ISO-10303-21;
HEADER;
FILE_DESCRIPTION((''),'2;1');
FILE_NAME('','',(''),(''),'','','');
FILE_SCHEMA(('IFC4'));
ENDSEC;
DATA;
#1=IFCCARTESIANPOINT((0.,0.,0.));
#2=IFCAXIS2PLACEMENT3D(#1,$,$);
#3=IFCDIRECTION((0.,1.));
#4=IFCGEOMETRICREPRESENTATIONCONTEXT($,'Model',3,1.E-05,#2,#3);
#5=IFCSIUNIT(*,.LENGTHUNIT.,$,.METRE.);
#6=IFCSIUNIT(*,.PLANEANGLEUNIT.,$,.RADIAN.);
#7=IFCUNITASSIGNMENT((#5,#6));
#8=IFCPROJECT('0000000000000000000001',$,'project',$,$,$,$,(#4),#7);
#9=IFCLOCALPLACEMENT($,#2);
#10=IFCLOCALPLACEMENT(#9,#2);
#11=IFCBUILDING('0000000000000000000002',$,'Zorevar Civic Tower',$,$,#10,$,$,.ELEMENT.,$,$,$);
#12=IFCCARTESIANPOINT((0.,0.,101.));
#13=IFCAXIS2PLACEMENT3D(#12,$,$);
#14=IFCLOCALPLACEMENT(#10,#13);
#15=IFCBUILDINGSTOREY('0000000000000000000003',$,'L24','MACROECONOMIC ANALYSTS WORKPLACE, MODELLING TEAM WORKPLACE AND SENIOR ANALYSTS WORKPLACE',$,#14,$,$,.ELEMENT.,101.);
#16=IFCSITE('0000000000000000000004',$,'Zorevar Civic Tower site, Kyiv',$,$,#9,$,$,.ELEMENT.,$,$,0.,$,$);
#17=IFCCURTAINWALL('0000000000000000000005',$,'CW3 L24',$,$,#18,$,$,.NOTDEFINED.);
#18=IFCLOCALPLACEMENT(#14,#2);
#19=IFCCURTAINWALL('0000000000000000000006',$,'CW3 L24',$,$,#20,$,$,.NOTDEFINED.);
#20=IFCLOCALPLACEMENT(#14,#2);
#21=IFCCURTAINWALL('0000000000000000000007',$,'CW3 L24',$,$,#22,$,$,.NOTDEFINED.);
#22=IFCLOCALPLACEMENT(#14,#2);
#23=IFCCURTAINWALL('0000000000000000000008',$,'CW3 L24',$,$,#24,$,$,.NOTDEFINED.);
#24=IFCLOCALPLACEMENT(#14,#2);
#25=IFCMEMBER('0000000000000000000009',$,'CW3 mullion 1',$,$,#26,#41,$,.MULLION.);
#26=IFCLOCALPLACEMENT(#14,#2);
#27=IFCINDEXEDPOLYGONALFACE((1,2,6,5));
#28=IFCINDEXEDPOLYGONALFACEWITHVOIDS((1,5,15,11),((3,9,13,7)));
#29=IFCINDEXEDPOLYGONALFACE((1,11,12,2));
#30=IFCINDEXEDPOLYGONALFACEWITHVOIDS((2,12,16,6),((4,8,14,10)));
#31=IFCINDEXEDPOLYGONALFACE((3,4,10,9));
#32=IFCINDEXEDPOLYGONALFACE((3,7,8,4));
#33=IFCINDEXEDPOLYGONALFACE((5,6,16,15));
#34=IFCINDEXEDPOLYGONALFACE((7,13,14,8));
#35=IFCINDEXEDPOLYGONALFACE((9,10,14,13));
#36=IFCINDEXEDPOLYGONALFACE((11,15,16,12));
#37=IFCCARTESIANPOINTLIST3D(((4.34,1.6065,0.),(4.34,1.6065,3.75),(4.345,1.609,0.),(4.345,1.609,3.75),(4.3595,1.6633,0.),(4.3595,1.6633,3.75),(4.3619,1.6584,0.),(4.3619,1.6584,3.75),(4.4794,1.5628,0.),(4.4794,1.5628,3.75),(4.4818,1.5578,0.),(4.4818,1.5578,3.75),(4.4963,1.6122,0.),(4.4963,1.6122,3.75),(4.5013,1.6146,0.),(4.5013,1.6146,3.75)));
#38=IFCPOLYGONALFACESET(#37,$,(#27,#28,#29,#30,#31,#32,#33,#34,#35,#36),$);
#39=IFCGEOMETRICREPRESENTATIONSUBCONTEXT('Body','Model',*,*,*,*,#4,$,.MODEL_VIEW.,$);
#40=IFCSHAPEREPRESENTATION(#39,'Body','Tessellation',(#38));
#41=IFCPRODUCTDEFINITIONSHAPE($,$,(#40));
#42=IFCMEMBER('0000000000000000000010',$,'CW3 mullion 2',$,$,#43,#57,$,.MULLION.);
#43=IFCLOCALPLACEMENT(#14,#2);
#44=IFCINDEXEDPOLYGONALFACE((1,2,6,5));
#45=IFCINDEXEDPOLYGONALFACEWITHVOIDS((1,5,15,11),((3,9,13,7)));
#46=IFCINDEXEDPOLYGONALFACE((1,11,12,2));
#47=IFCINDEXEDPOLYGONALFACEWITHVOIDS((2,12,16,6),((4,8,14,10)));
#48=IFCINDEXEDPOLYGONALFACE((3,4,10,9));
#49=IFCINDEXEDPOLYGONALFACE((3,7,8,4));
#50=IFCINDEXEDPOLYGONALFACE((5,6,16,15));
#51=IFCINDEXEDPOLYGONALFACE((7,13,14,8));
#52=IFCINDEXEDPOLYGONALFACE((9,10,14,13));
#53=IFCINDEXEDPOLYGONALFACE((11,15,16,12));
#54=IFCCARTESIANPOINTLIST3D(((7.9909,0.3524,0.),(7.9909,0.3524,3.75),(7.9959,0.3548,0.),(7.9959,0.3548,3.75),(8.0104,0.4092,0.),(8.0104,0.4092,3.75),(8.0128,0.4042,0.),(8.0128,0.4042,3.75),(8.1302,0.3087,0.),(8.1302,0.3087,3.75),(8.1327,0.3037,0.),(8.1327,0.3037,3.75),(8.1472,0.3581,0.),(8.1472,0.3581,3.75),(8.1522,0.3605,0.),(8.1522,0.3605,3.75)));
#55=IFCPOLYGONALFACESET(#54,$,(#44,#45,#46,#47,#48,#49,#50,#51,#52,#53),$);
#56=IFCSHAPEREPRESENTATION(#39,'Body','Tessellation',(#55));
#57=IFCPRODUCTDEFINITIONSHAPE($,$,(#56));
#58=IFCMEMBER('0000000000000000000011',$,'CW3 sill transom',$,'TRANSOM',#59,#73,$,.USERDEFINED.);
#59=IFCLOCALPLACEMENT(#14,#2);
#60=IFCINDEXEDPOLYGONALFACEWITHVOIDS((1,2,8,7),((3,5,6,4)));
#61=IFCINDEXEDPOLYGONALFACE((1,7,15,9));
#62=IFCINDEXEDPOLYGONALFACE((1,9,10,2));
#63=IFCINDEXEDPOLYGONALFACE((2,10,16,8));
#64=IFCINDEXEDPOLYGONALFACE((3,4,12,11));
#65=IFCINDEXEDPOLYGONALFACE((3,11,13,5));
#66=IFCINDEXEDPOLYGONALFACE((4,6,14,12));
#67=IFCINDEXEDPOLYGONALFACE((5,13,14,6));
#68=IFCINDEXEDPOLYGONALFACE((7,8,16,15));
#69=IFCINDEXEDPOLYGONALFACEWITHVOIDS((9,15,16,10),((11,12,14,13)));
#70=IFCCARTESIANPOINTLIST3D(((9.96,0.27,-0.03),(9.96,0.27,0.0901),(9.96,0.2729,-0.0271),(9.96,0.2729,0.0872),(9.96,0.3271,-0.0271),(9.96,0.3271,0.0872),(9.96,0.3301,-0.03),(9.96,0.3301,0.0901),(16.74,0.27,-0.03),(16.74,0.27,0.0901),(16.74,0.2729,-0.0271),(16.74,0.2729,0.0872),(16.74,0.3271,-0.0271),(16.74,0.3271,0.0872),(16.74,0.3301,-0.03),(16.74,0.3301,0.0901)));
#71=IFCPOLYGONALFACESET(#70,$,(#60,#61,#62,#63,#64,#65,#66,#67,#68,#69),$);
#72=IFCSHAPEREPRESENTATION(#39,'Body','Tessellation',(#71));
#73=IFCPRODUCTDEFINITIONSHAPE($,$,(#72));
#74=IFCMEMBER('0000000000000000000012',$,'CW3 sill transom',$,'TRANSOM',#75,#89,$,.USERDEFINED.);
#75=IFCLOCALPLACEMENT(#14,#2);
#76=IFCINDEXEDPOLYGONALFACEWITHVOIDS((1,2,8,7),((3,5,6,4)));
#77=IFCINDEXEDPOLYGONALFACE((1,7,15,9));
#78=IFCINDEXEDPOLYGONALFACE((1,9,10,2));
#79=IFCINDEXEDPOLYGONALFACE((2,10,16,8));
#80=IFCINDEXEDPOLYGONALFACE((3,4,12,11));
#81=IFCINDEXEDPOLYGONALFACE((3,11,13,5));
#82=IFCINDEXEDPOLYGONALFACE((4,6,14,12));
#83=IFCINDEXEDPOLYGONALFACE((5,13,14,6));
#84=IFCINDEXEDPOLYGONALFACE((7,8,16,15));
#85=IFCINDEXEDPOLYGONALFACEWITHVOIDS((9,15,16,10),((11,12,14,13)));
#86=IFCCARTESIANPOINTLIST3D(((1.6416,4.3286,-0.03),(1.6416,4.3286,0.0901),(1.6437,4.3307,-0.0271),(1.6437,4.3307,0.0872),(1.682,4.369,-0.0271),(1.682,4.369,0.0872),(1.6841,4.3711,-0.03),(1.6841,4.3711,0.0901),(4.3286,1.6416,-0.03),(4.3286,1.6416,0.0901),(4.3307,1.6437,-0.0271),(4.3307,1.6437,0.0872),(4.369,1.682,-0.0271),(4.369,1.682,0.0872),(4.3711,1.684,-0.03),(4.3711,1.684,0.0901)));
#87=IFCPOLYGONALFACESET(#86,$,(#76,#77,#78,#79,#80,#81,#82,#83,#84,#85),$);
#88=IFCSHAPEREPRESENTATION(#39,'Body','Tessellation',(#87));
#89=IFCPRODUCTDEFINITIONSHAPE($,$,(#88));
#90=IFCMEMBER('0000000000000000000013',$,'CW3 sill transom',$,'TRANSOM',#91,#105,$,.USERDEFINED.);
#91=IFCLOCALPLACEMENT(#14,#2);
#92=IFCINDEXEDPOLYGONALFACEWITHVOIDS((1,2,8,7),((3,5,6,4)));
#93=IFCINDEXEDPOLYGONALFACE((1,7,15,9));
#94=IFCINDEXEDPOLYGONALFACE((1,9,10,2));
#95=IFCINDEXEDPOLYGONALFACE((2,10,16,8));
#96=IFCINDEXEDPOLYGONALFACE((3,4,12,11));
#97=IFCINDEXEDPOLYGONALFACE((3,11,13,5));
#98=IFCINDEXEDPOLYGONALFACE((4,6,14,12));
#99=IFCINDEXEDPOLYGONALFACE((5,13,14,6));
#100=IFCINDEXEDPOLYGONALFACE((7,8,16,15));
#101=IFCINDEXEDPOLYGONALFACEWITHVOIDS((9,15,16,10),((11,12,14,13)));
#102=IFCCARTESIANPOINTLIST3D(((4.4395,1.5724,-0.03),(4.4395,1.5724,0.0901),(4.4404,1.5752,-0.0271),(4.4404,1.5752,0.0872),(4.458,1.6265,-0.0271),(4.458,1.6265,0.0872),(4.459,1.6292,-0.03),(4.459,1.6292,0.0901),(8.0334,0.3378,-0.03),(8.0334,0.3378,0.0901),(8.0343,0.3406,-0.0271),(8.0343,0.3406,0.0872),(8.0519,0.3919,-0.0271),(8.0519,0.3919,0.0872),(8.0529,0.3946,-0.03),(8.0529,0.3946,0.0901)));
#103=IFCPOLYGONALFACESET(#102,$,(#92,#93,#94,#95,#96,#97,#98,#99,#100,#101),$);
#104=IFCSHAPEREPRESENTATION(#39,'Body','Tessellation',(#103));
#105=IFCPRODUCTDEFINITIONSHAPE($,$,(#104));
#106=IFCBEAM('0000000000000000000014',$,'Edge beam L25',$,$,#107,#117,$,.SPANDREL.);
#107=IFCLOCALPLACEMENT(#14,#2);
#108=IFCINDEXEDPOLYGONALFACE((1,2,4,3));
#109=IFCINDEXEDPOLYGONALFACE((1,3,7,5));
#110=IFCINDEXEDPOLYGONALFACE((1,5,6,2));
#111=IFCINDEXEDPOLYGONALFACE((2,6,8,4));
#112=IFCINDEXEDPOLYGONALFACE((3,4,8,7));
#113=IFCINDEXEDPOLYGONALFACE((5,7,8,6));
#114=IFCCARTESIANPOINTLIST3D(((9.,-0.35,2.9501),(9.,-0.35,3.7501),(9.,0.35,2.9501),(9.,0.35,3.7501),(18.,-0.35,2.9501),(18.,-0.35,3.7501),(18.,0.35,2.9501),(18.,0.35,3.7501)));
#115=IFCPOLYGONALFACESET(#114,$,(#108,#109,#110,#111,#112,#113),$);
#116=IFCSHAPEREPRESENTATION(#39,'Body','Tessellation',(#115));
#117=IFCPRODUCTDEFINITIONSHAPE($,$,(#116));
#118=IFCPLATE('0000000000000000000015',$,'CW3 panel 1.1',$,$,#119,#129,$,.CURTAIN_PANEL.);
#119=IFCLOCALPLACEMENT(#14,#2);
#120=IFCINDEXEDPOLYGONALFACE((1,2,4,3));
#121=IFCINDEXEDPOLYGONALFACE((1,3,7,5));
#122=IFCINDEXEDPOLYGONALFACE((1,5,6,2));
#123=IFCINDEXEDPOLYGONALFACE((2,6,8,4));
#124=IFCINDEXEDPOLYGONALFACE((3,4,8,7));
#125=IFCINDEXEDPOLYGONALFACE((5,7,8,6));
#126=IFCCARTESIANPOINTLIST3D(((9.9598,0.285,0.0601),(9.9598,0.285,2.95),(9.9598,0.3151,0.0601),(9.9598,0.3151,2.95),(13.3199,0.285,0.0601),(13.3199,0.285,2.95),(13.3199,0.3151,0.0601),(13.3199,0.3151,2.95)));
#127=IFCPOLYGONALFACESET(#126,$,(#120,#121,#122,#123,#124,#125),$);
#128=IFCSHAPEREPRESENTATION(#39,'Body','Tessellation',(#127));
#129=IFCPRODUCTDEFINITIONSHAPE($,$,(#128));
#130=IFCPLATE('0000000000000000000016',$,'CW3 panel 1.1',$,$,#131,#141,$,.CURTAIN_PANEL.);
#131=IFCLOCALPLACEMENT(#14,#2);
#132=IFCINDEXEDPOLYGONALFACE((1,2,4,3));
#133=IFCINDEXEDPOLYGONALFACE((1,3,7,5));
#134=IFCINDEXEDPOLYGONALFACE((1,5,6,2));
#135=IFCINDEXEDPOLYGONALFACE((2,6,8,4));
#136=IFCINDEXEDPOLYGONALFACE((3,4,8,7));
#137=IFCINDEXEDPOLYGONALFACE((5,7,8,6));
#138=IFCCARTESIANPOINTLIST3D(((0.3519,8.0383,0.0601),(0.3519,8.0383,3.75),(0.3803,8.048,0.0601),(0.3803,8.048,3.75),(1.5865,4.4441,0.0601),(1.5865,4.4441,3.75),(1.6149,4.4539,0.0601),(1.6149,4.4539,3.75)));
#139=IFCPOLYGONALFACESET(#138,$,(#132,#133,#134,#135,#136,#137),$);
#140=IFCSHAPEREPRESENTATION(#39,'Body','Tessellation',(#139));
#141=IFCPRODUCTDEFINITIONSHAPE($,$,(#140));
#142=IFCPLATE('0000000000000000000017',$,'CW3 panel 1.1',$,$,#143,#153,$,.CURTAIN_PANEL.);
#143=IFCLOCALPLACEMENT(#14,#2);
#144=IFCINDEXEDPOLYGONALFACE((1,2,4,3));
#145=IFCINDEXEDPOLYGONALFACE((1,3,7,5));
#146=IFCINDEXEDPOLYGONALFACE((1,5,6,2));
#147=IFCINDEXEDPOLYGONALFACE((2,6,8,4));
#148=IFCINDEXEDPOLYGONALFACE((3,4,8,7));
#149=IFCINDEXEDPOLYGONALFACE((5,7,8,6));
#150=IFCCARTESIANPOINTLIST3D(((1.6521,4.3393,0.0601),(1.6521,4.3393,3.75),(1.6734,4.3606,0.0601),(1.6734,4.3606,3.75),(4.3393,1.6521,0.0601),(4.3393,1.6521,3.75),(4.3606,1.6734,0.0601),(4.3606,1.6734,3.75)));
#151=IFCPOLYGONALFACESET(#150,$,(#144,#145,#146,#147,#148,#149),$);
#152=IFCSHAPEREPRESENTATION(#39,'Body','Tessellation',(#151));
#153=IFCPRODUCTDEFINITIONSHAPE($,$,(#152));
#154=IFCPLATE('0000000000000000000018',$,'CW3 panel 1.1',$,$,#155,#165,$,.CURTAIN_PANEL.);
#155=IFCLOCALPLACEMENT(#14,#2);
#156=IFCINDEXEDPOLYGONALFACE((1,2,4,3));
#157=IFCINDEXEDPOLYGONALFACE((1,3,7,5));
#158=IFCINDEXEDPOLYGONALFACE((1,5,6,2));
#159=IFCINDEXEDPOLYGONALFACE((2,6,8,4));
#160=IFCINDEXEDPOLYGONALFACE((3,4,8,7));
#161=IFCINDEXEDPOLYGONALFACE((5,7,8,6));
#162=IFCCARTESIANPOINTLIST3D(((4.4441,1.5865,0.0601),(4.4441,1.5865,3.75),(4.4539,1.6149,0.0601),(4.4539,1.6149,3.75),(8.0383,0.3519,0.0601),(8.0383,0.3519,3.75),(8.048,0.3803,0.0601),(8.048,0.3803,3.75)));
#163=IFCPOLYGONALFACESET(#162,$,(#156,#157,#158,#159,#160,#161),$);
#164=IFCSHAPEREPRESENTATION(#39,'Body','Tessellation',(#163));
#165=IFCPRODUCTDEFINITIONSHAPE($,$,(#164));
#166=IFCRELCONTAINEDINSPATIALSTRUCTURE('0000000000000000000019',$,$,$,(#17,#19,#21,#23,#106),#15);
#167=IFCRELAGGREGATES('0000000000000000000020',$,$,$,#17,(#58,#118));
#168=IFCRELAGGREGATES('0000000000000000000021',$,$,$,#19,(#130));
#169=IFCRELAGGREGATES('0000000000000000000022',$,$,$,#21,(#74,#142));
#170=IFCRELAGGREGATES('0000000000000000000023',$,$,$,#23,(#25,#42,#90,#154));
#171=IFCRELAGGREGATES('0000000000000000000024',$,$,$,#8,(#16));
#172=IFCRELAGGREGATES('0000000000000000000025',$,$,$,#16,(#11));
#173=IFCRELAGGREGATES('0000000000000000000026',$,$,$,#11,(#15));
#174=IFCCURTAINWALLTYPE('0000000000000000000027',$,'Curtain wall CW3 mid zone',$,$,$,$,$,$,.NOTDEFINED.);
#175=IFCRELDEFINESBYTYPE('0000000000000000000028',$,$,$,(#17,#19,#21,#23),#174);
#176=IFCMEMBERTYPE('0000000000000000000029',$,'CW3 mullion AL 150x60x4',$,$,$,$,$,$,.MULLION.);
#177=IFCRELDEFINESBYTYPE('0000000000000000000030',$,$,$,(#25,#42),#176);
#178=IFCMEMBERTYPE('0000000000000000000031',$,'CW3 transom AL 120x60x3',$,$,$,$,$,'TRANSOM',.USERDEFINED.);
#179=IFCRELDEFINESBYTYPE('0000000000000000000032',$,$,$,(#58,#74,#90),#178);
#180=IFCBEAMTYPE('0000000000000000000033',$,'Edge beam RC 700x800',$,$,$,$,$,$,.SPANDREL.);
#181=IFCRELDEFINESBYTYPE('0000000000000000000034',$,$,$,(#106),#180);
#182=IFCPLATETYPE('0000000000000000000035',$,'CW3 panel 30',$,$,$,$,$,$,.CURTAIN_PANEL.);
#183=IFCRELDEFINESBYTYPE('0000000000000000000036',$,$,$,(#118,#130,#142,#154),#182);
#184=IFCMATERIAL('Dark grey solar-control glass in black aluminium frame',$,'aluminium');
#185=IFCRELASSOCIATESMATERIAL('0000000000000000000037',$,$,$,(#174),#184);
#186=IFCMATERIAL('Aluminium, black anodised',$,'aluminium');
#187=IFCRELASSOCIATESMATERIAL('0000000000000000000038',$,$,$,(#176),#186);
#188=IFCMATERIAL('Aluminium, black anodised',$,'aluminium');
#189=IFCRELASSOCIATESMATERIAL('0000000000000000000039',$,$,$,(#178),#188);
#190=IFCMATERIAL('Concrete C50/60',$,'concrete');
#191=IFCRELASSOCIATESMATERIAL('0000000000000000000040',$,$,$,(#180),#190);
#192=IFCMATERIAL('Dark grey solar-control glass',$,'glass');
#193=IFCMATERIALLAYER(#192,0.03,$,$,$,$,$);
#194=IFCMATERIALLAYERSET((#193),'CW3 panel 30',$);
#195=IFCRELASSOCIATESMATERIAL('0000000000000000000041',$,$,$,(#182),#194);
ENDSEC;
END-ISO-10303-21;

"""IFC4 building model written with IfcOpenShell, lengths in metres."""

from ifc_helpers import new_model, si_unit, direction, frame, origin, origin_2d, place, context, subcontext, project, spatial, rectangle, hollow_rectangle, extrude, material, layer, layer_set, material_profile, profile_set, type_object, element, aggregate, save


model = new_model("IFC4")

# Units and contexts
model_context = context("Model", 3, precision=1e-05, world=origin(), true_north=direction((0.0, 1.0)))
body_context = subcontext(model_context, "Body", "Model", "MODEL_VIEW")
ifc_project = project(units=[si_unit("LENGTHUNIT", "METRE"), si_unit("PLANEANGLEUNIT", "RADIAN")], contexts=[model_context])

# Site, building, storey
site_placement = place(None, origin())
site = spatial("IfcSite", under=ifc_project, at=site_placement, Name="Zorevar Civic Tower site, Kyiv", CompositionType="ELEMENT", RefElevation=0.0)
building_placement = place(site_placement, origin())
building = spatial("IfcBuilding", under=site, at=building_placement, Name="Zorevar Civic Tower", CompositionType="ELEMENT")
storey_placement = place(building_placement, frame((0.0, 0.0, 101.0)))
storey = spatial("IfcBuildingStorey", under=building, at=storey_placement, Name="L24", Description="MACROECONOMIC ANALYSTS WORKPLACE, MODELLING TEAM WORKPLACE AND SENIOR ANALYSTS WORKPLACE", CompositionType="ELEMENT", Elevation=101.0)

# Curtain wall
ifc_material_1 = material(Name="Dark grey solar-control glass in black aluminium frame", Category="aluminium")
curtain_wall_type = type_object("IfcCurtainWallType", Name="Curtain wall CW3 mid zone", PredefinedType="NOTDEFINED", material=ifc_material_1)
curtain_wall_1_placement = place(storey_placement, origin())
curtain_wall_1 = element("IfcCurtainWall", 1, at=curtain_wall_1_placement, inside=storey, type_object=curtain_wall_type, Name="CW3 L24", PredefinedType="NOTDEFINED")
ifc_material_2 = material(Name="Aluminium, black anodised", Category="aluminium")
ifc_material_profile_1 = material_profile(ifc_material_2, hollow_rectangle(XDim=0.0601, YDim=0.1499, WallThickness=0.0039, at=origin_2d()), Name="AL 150x60x4")
ifc_profile_set_1 = profile_set([ifc_material_profile_1], Name="Aluminium, black anodised")
member_type_1 = type_object("IfcMemberType", Name="CW3 mullion AL 150x60x4", PredefinedType="MULLION", material=ifc_profile_set_1)

# Curtain wall
curtain_wall_2_placement = place(storey_placement, origin())
curtain_wall_2 = element("IfcCurtainWall", 2, at=curtain_wall_2_placement, inside=storey, type_object=curtain_wall_type, Name="CW3 L24", PredefinedType="NOTDEFINED")

# Curtain walls, members
curtain_wall_3_placement = place(storey_placement, origin())
curtain_wall_3 = element("IfcCurtainWall", 3, at=curtain_wall_3_placement, inside=storey, type_object=curtain_wall_type, Name="CW3 L24", PredefinedType="NOTDEFINED")
curtain_wall_4_placement = place(storey_placement, origin())
curtain_wall_4 = element("IfcCurtainWall", 4, at=curtain_wall_4_placement, inside=storey, type_object=curtain_wall_type, Name="CW3 L24", PredefinedType="NOTDEFINED")
member_1_placement = place(storey_placement, frame((4.4207, 1.6106, 0.0), z_axis=(0.0, 0.0, 1.0), x_axis=(0.324878, 0.945756, 0.0)))
member_1 = element("IfcMember", 5, at=member_1_placement, type_object=member_type_1, Name="CW3 mullion 1", PredefinedType="MULLION", context=body_context, shape_type="SweptSolid", body=[
    extrude(hollow_rectangle(XDim=0.0601, YDim=0.1499, WallThickness=0.0039, at=origin_2d()), origin(), (0.0, 0.0, 1.0), 3.75),
])
member_2_placement = place(storey_placement, frame((8.0715, 0.3564, 0.0), z_axis=(0.0, 0.0, 1.0), x_axis=(0.324878, 0.945756, 0.0)))
member_2 = element("IfcMember", 6, at=member_2_placement, type_object=member_type_1, Name="CW3 mullion 2", PredefinedType="MULLION", context=body_context, shape_type="SweptSolid", body=[
    extrude(hollow_rectangle(XDim=0.0601, YDim=0.1499, WallThickness=0.0039, at=origin_2d()), origin(), (0.0, 0.0, 1.0), 3.75),
])

# Members
ifc_material_3 = material(Name="Aluminium, black anodised", Category="aluminium")
ifc_material_profile_2 = material_profile(ifc_material_3, hollow_rectangle(XDim=0.0601, YDim=0.1201, WallThickness=0.0029, at=origin_2d()), Name="AL 120x60x3")
ifc_profile_set_2 = profile_set([ifc_material_profile_2], Name="Aluminium, black anodised")
member_type_2 = type_object("IfcMemberType", Name="CW3 transom AL 120x60x3", ElementType="TRANSOM", PredefinedType="USERDEFINED", material=ifc_profile_set_2)
member_3_placement = place(storey_placement, frame((9.96, 0.3, 0.03), z_axis=(1.0, 0.0, 0.0), x_axis=(0.0, 1.0, 0.0)))
member_3 = element("IfcMember", 7, at=member_3_placement, type_object=member_type_2, Name="CW3 sill transom", ObjectType="TRANSOM", PredefinedType="USERDEFINED", context=body_context, shape_type="SweptSolid", body=[
    extrude(hollow_rectangle(XDim=0.0601, YDim=0.1201, WallThickness=0.0029, at=origin_2d()), origin(), (0.0, 0.0, 1.0), 6.78),
])
member_4_placement = place(storey_placement, frame((1.6628, 4.3499, 0.03), z_axis=(0.707107, -0.707107, 0.0), x_axis=(0.707107, 0.707107, 0.0)))
member_4 = element("IfcMember", 8, at=member_4_placement, type_object=member_type_2, Name="CW3 sill transom", ObjectType="TRANSOM", PredefinedType="USERDEFINED", context=body_context, shape_type="SweptSolid", body=[
    extrude(hollow_rectangle(XDim=0.0601, YDim=0.1201, WallThickness=0.0029, at=origin_2d()), origin(), (0.0, 0.0, 1.0), 3.8),
])
member_5_placement = place(storey_placement, frame((4.4492, 1.6008, 0.03), z_axis=(0.945753, -0.324888, 0.0), x_axis=(0.324888, 0.945753, 0.0)))
member_5 = element("IfcMember", 9, at=member_5_placement, type_object=member_type_2, Name="CW3 sill transom", ObjectType="TRANSOM", PredefinedType="USERDEFINED", context=body_context, shape_type="SweptSolid", body=[
    extrude(hollow_rectangle(XDim=0.0601, YDim=0.1201, WallThickness=0.0029, at=origin_2d()), origin(), (0.0, 0.0, 1.0), 3.8),
])

# Beam
ifc_material_4 = material(Name="Concrete C50/60", Category="concrete")
ifc_material_profile_3 = material_profile(ifc_material_4, rectangle(XDim=0.7, YDim=0.8, at=origin_2d()), Name="RC 700x800")
ifc_profile_set_3 = profile_set([ifc_material_profile_3], Name="Concrete C50/60")
beam_type_1 = type_object("IfcBeamType", Name="Edge beam RC 700x800", PredefinedType="SPANDREL", material=ifc_profile_set_3)
beam_1_placement = place(storey_placement, frame((9.0, 0.0, 3.3501), z_axis=(1.0, 0.0, 0.0), x_axis=(0.0, 1.0, 0.0)))
element("IfcBeam", 10, at=beam_1_placement, inside=storey, type_object=beam_type_1, Name="Edge beam L25", PredefinedType="SPANDREL", context=body_context, shape_type="SweptSolid", body=[
    extrude(rectangle(XDim=0.7, YDim=0.8, at=origin_2d()), origin(), (0.0, 0.0, 1.0), 9.0),
])

# Plates
ifc_material_5 = material(Name="Dark grey solar-control glass", Category="glass")
ifc_layer_1 = layer(ifc_material_5, 0.03)
ifc_layer_set_1 = layer_set([ifc_layer_1], Name="CW3 panel 30")
plate_type = type_object("IfcPlateType", Name="CW3 panel 30", PredefinedType="CURTAIN_PANEL", material=ifc_layer_set_1)
plate_1_placement = place(storey_placement, frame((11.6399, 0.3, 0.0601), z_axis=(0.0, 0.0, 1.0), x_axis=(1.0, 0.0, 0.0)))
plate_1 = element("IfcPlate", 11, at=plate_1_placement, type_object=plate_type, Name="CW3 panel 1.1", PredefinedType="CURTAIN_PANEL", context=body_context, shape_type="SweptSolid", body=[
    extrude(rectangle(XDim=3.3601, YDim=0.03, at=origin_2d()), origin(), (0.0, 0.0, 1.0), 2.8899),
])
aggregate(curtain_wall_1, [member_3, plate_1])
plate_2_placement = place(storey_placement, frame((0.9834, 6.2461, 0.0601), z_axis=(0.0, 0.0, 1.0), x_axis=(0.324878, -0.945756, 0.0)))
plate_2 = element("IfcPlate", 12, at=plate_2_placement, type_object=plate_type, Name="CW3 panel 1.1", PredefinedType="CURTAIN_PANEL", context=body_context, shape_type="SweptSolid", body=[
    extrude(rectangle(XDim=3.8003, YDim=0.03, at=origin_2d()), origin(), (0.0, 0.0, 1.0), 3.6899),
])
aggregate(curtain_wall_2, [plate_2])
plate_3_placement = place(storey_placement, frame((3.0063, 3.0063, 0.0601), z_axis=(0.0, 0.0, 1.0), x_axis=(0.707107, -0.707107, 0.0)))
plate_3 = element("IfcPlate", 13, at=plate_3_placement, type_object=plate_type, Name="CW3 panel 1.1", PredefinedType="CURTAIN_PANEL", context=body_context, shape_type="SweptSolid", body=[
    extrude(rectangle(XDim=3.8003, YDim=0.03, at=origin_2d()), origin(), (0.0, 0.0, 1.0), 3.6899),
])
aggregate(curtain_wall_3, [member_4, plate_3])
plate_4_placement = place(storey_placement, frame((6.2461, 0.9834, 0.0601), z_axis=(0.0, 0.0, 1.0), x_axis=(0.945756, -0.324878, 0.0)))
plate_4 = element("IfcPlate", 14, at=plate_4_placement, type_object=plate_type, Name="CW3 panel 1.1", PredefinedType="CURTAIN_PANEL", context=body_context, shape_type="SweptSolid", body=[
    extrude(rectangle(XDim=3.8003, YDim=0.03, at=origin_2d()), origin(), (0.0, 0.0, 1.0), 3.6899),
])
aggregate(curtain_wall_4, [member_1, member_2, member_5, plate_4])

save(model, "model.ifc")
